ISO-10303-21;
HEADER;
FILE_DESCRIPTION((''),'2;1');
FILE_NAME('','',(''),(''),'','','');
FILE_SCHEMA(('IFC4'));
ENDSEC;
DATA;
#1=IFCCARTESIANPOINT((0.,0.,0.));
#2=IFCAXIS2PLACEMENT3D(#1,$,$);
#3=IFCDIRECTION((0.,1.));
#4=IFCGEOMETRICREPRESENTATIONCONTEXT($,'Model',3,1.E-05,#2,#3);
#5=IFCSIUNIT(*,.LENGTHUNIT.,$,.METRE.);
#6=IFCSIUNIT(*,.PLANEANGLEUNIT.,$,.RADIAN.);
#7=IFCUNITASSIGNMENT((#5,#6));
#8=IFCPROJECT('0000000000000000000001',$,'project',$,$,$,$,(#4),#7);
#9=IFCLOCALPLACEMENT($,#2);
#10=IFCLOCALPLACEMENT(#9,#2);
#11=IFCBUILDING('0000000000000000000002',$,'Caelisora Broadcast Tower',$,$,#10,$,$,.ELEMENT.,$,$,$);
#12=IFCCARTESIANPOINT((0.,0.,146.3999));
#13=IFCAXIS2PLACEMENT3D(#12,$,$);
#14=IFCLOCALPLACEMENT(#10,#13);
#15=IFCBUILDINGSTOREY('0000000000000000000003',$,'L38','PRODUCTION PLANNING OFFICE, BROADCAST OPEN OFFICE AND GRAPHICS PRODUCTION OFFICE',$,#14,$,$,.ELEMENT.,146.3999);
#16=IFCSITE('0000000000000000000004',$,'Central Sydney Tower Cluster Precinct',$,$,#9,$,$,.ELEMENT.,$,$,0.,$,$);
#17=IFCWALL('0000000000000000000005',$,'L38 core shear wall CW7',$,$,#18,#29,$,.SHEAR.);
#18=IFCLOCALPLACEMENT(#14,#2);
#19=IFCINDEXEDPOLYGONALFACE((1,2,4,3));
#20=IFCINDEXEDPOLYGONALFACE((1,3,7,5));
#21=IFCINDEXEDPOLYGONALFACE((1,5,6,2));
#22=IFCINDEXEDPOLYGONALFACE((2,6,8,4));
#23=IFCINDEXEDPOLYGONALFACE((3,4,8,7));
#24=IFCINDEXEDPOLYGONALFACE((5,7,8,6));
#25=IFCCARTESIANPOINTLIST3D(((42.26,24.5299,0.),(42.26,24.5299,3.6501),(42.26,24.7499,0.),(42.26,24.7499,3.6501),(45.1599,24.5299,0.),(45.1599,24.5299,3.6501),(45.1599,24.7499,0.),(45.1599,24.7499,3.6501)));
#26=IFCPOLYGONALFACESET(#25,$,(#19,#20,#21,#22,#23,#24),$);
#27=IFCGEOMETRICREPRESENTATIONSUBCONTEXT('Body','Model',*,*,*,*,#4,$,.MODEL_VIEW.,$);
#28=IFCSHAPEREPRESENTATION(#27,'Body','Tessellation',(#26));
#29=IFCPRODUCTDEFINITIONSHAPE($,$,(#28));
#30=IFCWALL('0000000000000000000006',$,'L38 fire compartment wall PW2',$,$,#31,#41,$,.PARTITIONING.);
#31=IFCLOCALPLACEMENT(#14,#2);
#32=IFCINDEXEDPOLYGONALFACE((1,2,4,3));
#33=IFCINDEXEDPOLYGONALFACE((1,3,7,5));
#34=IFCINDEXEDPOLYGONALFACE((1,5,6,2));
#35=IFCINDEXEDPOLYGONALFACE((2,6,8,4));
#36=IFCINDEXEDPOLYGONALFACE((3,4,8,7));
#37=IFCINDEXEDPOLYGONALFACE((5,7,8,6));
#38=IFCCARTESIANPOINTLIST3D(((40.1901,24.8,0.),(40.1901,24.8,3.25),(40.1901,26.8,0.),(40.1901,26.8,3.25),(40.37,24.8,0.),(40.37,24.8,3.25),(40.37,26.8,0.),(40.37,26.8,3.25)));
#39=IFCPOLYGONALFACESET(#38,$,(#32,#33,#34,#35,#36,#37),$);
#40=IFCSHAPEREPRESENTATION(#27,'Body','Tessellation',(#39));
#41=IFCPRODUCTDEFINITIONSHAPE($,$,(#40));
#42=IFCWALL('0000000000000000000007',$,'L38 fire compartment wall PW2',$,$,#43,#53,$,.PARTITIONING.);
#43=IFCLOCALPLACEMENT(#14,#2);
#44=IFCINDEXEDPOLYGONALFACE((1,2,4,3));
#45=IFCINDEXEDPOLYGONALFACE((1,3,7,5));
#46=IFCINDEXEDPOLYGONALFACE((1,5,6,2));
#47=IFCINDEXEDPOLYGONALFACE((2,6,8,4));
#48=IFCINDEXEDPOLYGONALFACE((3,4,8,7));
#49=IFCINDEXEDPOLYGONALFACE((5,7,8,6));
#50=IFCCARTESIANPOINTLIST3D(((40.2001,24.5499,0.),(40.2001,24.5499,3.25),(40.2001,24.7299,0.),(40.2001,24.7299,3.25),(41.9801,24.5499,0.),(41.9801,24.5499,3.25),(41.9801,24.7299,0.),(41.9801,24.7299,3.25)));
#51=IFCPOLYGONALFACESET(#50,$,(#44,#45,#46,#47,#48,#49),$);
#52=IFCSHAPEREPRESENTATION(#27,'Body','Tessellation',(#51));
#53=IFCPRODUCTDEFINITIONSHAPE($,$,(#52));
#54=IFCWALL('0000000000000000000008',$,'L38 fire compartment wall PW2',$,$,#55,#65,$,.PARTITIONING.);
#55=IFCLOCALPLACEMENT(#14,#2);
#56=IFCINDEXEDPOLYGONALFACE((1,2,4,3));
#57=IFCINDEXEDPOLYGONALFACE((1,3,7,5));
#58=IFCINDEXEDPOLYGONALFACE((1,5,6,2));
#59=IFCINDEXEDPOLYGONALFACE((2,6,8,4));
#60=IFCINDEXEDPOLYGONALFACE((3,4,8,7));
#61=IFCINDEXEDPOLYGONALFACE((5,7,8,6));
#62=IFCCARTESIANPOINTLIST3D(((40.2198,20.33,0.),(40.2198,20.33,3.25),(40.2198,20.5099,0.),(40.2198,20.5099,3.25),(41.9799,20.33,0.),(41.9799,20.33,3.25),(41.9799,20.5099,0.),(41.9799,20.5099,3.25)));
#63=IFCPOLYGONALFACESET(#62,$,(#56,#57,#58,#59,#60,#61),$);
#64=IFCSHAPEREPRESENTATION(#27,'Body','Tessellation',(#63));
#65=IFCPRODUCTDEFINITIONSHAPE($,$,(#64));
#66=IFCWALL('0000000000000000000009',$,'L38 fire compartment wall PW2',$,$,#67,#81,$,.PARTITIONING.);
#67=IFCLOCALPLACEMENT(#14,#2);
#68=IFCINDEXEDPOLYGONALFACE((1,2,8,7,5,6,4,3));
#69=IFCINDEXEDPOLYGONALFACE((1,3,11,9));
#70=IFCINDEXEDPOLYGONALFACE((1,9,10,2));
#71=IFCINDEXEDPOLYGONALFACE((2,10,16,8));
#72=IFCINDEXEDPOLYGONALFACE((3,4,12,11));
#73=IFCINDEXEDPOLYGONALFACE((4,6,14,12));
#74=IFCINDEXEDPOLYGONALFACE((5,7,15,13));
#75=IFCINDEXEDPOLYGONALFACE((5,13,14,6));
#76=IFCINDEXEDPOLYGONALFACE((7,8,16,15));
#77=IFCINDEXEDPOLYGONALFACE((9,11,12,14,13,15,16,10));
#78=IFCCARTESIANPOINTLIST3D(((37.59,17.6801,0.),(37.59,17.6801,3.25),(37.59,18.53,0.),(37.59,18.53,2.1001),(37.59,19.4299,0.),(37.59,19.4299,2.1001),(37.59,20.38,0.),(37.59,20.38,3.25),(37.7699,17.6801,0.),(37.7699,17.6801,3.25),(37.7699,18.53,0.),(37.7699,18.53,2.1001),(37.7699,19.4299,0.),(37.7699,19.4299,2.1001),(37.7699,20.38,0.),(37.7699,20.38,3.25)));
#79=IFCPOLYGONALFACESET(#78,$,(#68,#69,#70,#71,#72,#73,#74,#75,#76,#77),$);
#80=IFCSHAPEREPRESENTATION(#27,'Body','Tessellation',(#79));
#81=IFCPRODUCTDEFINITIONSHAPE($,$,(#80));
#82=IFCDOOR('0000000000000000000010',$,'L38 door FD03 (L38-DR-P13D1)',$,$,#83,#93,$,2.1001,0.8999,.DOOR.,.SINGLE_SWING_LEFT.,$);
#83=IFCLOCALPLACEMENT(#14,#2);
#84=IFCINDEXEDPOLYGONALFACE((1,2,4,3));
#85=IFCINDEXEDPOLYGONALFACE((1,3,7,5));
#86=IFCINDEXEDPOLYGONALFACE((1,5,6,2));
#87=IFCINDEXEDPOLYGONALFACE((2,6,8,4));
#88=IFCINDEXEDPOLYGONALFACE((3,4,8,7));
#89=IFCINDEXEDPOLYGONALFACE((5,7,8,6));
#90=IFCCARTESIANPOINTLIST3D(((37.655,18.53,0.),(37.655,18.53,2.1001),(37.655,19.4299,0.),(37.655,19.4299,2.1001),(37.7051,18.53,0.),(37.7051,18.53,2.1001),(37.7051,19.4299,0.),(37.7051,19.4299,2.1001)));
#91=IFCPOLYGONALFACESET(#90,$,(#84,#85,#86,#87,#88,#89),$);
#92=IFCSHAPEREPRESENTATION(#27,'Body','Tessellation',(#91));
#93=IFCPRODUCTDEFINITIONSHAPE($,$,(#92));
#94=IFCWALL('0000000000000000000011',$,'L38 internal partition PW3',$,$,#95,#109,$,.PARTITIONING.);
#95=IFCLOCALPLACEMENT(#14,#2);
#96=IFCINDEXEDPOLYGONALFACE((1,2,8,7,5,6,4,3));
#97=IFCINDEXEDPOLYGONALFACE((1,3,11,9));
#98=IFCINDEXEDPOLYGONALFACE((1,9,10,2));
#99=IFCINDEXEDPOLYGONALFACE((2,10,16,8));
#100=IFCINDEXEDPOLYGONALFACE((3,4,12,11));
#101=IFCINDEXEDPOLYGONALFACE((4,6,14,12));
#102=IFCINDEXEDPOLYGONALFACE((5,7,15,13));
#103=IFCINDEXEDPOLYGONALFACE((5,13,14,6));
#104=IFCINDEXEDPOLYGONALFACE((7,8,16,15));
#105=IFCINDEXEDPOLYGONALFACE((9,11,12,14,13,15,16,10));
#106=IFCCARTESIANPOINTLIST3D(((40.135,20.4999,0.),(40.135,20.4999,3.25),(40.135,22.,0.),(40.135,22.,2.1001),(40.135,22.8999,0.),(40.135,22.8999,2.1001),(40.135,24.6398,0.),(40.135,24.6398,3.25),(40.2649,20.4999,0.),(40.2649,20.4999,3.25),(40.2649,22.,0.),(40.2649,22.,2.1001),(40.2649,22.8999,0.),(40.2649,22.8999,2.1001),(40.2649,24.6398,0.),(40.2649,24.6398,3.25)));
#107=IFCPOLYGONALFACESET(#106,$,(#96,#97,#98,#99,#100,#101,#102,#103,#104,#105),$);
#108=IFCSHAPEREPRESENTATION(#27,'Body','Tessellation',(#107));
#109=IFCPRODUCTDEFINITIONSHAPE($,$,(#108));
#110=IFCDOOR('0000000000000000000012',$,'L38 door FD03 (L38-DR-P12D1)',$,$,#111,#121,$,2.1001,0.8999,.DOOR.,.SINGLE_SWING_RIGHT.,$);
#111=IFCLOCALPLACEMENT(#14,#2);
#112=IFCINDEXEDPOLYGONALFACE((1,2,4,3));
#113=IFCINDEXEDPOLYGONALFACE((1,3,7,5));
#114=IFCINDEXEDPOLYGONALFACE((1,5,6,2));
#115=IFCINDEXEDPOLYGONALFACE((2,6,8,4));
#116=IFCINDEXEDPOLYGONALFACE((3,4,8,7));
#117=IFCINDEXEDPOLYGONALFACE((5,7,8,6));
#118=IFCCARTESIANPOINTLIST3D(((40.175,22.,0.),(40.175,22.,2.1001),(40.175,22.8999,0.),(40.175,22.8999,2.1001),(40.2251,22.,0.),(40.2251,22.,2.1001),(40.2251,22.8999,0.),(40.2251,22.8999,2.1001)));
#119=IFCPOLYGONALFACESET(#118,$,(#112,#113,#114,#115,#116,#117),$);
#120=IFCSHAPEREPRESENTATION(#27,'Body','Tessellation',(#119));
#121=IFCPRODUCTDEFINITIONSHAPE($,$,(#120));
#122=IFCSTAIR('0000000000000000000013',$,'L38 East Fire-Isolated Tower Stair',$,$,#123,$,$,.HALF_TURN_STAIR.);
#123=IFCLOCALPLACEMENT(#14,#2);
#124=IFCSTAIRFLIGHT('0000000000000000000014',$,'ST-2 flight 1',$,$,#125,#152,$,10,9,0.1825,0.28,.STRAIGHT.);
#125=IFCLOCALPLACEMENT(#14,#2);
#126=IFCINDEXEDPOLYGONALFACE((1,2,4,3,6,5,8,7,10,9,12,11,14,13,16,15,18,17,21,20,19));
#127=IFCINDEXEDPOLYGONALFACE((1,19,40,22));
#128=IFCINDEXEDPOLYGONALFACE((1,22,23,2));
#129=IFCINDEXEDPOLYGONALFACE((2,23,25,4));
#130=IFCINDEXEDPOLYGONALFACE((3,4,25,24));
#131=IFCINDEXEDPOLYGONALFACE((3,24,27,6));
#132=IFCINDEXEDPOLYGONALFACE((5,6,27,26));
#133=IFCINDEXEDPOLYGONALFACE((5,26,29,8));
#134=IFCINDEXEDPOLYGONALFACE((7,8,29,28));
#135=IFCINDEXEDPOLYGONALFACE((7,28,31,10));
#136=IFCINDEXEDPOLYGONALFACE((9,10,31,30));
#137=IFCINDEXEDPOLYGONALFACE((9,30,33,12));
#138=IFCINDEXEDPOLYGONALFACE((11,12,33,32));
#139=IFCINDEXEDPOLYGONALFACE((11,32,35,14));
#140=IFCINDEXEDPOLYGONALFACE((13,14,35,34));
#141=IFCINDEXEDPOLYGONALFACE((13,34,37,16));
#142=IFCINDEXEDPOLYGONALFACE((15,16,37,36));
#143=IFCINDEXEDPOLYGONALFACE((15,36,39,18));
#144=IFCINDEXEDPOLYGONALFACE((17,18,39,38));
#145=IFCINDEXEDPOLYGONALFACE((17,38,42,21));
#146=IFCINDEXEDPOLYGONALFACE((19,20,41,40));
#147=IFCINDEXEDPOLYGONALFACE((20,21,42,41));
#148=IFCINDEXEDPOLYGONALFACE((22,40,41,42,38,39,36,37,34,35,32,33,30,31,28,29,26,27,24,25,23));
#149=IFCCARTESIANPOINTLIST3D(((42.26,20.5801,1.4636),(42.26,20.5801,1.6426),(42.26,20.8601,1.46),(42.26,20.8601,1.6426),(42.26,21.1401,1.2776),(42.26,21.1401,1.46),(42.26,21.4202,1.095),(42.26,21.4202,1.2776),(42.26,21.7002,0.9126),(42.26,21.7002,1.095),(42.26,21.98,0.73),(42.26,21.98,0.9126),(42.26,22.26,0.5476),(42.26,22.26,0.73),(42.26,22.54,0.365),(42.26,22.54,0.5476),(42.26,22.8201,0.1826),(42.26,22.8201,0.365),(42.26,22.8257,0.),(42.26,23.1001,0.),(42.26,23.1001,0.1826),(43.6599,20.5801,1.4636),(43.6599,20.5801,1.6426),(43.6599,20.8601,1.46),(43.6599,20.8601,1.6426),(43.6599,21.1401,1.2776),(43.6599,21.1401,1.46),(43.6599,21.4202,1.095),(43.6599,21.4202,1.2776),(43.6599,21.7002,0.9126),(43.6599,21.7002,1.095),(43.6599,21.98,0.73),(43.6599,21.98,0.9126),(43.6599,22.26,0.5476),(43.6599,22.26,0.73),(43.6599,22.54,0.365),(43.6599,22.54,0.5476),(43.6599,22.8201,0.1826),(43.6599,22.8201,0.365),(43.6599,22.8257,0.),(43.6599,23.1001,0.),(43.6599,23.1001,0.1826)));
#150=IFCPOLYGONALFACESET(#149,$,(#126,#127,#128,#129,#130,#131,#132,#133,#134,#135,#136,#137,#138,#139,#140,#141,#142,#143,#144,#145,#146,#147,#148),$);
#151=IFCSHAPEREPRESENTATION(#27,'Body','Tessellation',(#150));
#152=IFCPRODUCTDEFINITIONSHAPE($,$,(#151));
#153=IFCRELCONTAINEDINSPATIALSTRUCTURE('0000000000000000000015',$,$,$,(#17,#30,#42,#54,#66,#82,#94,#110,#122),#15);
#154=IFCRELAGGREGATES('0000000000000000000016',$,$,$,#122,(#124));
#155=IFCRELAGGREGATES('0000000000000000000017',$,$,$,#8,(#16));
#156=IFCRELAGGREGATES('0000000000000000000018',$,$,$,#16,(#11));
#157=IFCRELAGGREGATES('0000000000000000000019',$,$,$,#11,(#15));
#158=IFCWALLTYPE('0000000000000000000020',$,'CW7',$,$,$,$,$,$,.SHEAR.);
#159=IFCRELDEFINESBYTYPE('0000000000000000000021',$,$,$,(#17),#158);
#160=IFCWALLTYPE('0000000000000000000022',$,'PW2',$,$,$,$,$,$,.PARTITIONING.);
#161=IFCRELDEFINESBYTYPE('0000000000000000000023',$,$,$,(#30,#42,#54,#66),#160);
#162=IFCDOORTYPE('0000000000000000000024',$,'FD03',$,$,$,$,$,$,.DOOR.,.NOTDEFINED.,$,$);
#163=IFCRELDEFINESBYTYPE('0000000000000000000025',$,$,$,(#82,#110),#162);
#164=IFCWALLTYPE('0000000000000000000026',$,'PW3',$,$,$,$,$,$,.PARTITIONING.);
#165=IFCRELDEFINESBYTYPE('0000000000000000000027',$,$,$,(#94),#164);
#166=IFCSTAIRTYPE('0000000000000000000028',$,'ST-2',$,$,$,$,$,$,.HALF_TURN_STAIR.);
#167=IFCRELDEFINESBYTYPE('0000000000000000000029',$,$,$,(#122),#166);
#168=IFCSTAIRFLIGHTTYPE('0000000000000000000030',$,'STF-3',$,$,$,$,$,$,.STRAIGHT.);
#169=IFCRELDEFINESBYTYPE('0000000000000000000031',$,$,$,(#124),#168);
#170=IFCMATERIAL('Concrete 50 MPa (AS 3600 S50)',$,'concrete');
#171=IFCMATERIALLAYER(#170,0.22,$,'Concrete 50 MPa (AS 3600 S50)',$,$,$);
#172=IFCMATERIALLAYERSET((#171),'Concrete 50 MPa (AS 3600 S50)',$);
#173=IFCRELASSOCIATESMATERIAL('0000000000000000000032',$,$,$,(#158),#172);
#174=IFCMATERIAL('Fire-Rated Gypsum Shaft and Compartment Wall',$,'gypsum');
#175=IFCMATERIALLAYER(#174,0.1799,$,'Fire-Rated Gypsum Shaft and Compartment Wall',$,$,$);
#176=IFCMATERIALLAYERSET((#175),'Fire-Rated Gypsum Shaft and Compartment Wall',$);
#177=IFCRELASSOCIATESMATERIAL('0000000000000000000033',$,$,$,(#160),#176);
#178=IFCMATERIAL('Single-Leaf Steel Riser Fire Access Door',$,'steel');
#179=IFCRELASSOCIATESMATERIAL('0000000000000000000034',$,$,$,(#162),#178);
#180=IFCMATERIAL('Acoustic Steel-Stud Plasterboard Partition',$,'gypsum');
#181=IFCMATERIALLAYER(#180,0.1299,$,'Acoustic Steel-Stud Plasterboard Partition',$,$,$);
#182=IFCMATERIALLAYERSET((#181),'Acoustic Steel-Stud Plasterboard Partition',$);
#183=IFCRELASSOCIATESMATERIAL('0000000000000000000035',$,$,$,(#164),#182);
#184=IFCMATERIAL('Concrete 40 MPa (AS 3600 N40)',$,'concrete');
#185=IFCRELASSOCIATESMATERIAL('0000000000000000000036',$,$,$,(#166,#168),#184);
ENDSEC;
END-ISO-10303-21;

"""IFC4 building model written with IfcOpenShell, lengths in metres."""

from ifc_helpers import new_model, si_unit, direction, frame, frame_2d, origin, place, context, subcontext, project, spatial, polyline, rectangle, outline, extrude, material, layer, layer_set, type_object, element, fill, aggregate, save


model = new_model("IFC4")

# Units and contexts
model_context = context("Model", 3, precision=1e-05, world=origin(), true_north=direction((0.0, 1.0)))
body_context = subcontext(model_context, "Body", "Model", "MODEL_VIEW")
ifc_project = project(units=[si_unit("LENGTHUNIT", "METRE"), si_unit("PLANEANGLEUNIT", "RADIAN")], contexts=[model_context])

# Site, building, storey
site_placement = place(None, origin())
site = spatial("IfcSite", under=ifc_project, at=site_placement, Name="Central Sydney Tower Cluster Precinct", CompositionType="ELEMENT", RefElevation=0.0)
building_placement = place(site_placement, origin())
building = spatial("IfcBuilding", under=site, at=building_placement, Name="Caelisora Broadcast Tower", CompositionType="ELEMENT")
storey_placement = place(building_placement, frame((0.0, 0.0, 146.3999)))
storey = spatial("IfcBuildingStorey", under=building, at=storey_placement, Name="L38", Description="PRODUCTION PLANNING OFFICE, BROADCAST OPEN OFFICE AND GRAPHICS PRODUCTION OFFICE", CompositionType="ELEMENT", Elevation=146.3999)

# Walls
ifc_material_1 = material(Name="Concrete 50 MPa (AS 3600 S50)", Category="concrete")
ifc_layer_1 = layer(ifc_material_1, 0.22, Name="Concrete 50 MPa (AS 3600 S50)")
ifc_layer_set_1 = layer_set([ifc_layer_1], Name="Concrete 50 MPa (AS 3600 S50)")
wall_type_1 = type_object("IfcWallType", Name="CW7", PredefinedType="SHEAR", material=ifc_layer_set_1)
wall_1_placement = place(storey_placement, frame((42.26, 24.6399, 0.0), z_axis=(0.0, 0.0, 1.0), x_axis=(1.0, 0.0, 0.0)))
element("IfcWall", 1, at=wall_1_placement, inside=storey, type_object=wall_type_1, Name="L38 core shear wall CW7", PredefinedType="SHEAR", context=body_context, shape_type="SweptSolid", body=[
    extrude(rectangle(XDim=2.8999, YDim=0.22, at=frame_2d((1.45, 0.0))), origin(), (0.0, 0.0, 1.0), 3.6501),
])
ifc_material_2 = material(Name="Fire-Rated Gypsum Shaft and Compartment Wall", Category="gypsum")
ifc_layer_2 = layer(ifc_material_2, 0.1799, Name="Fire-Rated Gypsum Shaft and Compartment Wall")
ifc_layer_set_2 = layer_set([ifc_layer_2], Name="Fire-Rated Gypsum Shaft and Compartment Wall")
wall_type_2 = type_object("IfcWallType", Name="PW2", PredefinedType="PARTITIONING", material=ifc_layer_set_2)
wall_2_placement = place(storey_placement, frame((40.28, 24.8, 0.0), z_axis=(0.0, 0.0, 1.0), x_axis=(0.0, 1.0, 0.0)))
element("IfcWall", 2, at=wall_2_placement, inside=storey, type_object=wall_type_2, Name="L38 fire compartment wall PW2", PredefinedType="PARTITIONING", context=body_context, shape_type="SweptSolid", body=[
    extrude(rectangle(XDim=2.0, YDim=0.1799, at=frame_2d((1.0, 0.0))), origin(), (0.0, 0.0, 1.0), 3.25),
])
wall_3_placement = place(storey_placement, frame((40.2, 24.6399, 0.0), z_axis=(0.0, 0.0, 1.0), x_axis=(1.0, 0.0, 0.0)))
element("IfcWall", 3, at=wall_3_placement, inside=storey, type_object=wall_type_2, Name="L38 fire compartment wall PW2", PredefinedType="PARTITIONING", context=body_context, shape_type="SweptSolid", body=[
    extrude(rectangle(XDim=1.78, YDim=0.1799, at=frame_2d((0.8901, 0.0))), origin(), (0.0, 0.0, 1.0), 3.25),
])
wall_4_placement = place(storey_placement, frame((40.22, 20.4199, 0.0), z_axis=(0.0, 0.0, 1.0), x_axis=(1.0, 0.0, 0.0)))
element("IfcWall", 4, at=wall_4_placement, inside=storey, type_object=wall_type_2, Name="L38 fire compartment wall PW2", PredefinedType="PARTITIONING", context=body_context, shape_type="SweptSolid", body=[
    extrude(rectangle(XDim=1.76, YDim=0.1799, at=frame_2d((0.8799, 0.0))), origin(), (0.0, 0.0, 1.0), 3.25),
])

# Walls, openings, doors
wall_5_placement = place(storey_placement, frame((37.6799, 17.6799, 0.0), z_axis=(0.0, 0.0, 1.0), x_axis=(0.0, 1.0, 0.0)))
wall_5 = element("IfcWall", 5, at=wall_5_placement, inside=storey, type_object=wall_type_2, Name="L38 fire compartment wall PW2", PredefinedType="PARTITIONING", context=body_context, shape_type="SweptSolid", body=[
    extrude(rectangle(XDim=2.7, YDim=0.1799, at=frame_2d((1.3501, 0.0))), origin(), (0.0, 0.0, 1.0), 3.25),
])
opening_1_placement = place(wall_5_placement, frame((0.8501, 0.0, 0.0)))
opening_1 = element("IfcOpeningElement", 6, at=opening_1_placement, cuts=wall_5, PredefinedType="OPENING", context=body_context, shape_type="SweptSolid", body=[
    extrude(rectangle(XDim=0.8999, YDim=2.1001, at=frame_2d((0.45, 1.05))), frame((0.0, 0.1021, 0.0), z_axis=(0.0, -1.0, 0.0), x_axis=(1.0, 0.0, 0.0)), (0.0, 0.0, 1.0), 0.2039),
])
ifc_material_3 = material(Name="Single-Leaf Steel Riser Fire Access Door", Category="steel")
door_type_1 = type_object("IfcDoorType", Name="FD03", OperationType="NOTDEFINED", PredefinedType="DOOR", material=ifc_material_3)
door_1_placement = place(opening_1_placement, origin())
door_1 = element("IfcDoor", 7, at=door_1_placement, inside=storey, type_object=door_type_1, Name="L38 door FD03 (L38-DR-P13D1)", OperationType="SINGLE_SWING_LEFT", OverallHeight=2.1001, OverallWidth=0.8999, PredefinedType="DOOR", context=body_context, shape_type="SweptSolid", body=[
    extrude(rectangle(XDim=0.8999, YDim=2.1001, at=frame_2d((0.45, 1.05))), frame((0.0, 0.0249, 0.0), z_axis=(0.0, -1.0, 0.0), x_axis=(1.0, 0.0, 0.0)), (0.0, 0.0, 1.0), 0.05),
])
fill(opening_1, door_1)
ifc_material_4 = material(Name="Acoustic Steel-Stud Plasterboard Partition", Category="gypsum")
ifc_layer_3 = layer(ifc_material_4, 0.1299, Name="Acoustic Steel-Stud Plasterboard Partition")
ifc_layer_set_3 = layer_set([ifc_layer_3], Name="Acoustic Steel-Stud Plasterboard Partition")
wall_type_3 = type_object("IfcWallType", Name="PW3", PredefinedType="PARTITIONING", material=ifc_layer_set_3)
wall_6_placement = place(storey_placement, frame((40.2, 20.5, 0.0), z_axis=(0.0, 0.0, 1.0), x_axis=(0.0, 1.0, 0.0)))
wall_6 = element("IfcWall", 8, at=wall_6_placement, inside=storey, type_object=wall_type_3, Name="L38 internal partition PW3", PredefinedType="PARTITIONING", context=body_context, shape_type="SweptSolid", body=[
    extrude(rectangle(XDim=4.1399, YDim=0.1299, at=frame_2d((2.0698, 0.0))), origin(), (0.0, 0.0, 1.0), 3.25),
])
opening_2_placement = place(wall_6_placement, frame((1.5, 0.0, 0.0)))
opening_2 = element("IfcOpeningElement", 9, at=opening_2_placement, cuts=wall_6, PredefinedType="OPENING", context=body_context, shape_type="SweptSolid", body=[
    extrude(rectangle(XDim=0.8999, YDim=2.1001, at=frame_2d((0.45, 1.05))), frame((0.0, 0.0769, 0.0), z_axis=(0.0, -1.0, 0.0), x_axis=(1.0, 0.0, 0.0)), (0.0, 0.0, 1.0), 0.1538),
])
door_2_placement = place(opening_2_placement, origin())
door_2 = element("IfcDoor", 10, at=door_2_placement, inside=storey, type_object=door_type_1, Name="L38 door FD03 (L38-DR-P12D1)", OperationType="SINGLE_SWING_RIGHT", OverallHeight=2.1001, OverallWidth=0.8999, PredefinedType="DOOR", context=body_context, shape_type="SweptSolid", body=[
    extrude(rectangle(XDim=0.8999, YDim=2.1001, at=frame_2d((0.45, 1.05))), frame((0.0, 0.0249, 0.0), z_axis=(0.0, -1.0, 0.0), x_axis=(1.0, 0.0, 0.0)), (0.0, 0.0, 1.0), 0.05),
])
fill(opening_2, door_2)

# Stair, stair flight
ifc_material_5 = material(Name="Concrete 40 MPa (AS 3600 N40)", Category="concrete")
stair_type = type_object("IfcStairType", Name="ST-2", PredefinedType="HALF_TURN_STAIR", material=ifc_material_5)
stair_placement = place(storey_placement, origin())
stair = element("IfcStair", 11, at=stair_placement, inside=storey, type_object=stair_type, Name="L38 East Fire-Isolated Tower Stair", PredefinedType="HALF_TURN_STAIR")
stair_flight_type = type_object("IfcStairFlightType", Name="STF-3", PredefinedType="STRAIGHT", material=ifc_material_5)
stair_flight_1_placement = place(storey_placement, frame((42.96, 23.1001, 0.0), z_axis=(0.0, 0.0, 1.0), x_axis=(0.0, -1.0, 0.0)))
stair_flight_1 = element("IfcStairFlight", 12, at=stair_flight_1_placement, type_object=stair_flight_type, Name="ST-2 flight 1", NumberOfRisers=10, NumberOfTreads=9, PredefinedType="STRAIGHT", RiserHeight=0.1825, TreadLength=0.28, context=body_context, shape_type="SweptSolid", body=[
    extrude(outline(polyline([(0.0, 0.0), (0.0, 0.1826), (0.28, 0.1826), (0.28, 0.365), (0.5601, 0.365), (0.5601, 0.5476), (0.8401, 0.5476), (0.8401, 0.73), (1.1201, 0.73), (1.1201, 0.9126), (1.3999, 0.9126), (1.3999, 1.095), (1.6799, 1.095), (1.6799, 1.2776), (1.96, 1.2776), (1.96, 1.46), (2.24, 1.46), (2.24, 1.6426), (2.52, 1.6426), (2.52, 1.825), (2.52, 1.4636), (0.2744, 0.0), (0.0, 0.0)])), frame((0.0, 0.7, 0.0), z_axis=(0.0, -1.0, 0.0), x_axis=(1.0, 0.0, 0.0)), (0.0, 0.0, 1.0), 1.3999),
])
aggregate(stair, [stair_flight_1])

save(model, "model.ifc")
